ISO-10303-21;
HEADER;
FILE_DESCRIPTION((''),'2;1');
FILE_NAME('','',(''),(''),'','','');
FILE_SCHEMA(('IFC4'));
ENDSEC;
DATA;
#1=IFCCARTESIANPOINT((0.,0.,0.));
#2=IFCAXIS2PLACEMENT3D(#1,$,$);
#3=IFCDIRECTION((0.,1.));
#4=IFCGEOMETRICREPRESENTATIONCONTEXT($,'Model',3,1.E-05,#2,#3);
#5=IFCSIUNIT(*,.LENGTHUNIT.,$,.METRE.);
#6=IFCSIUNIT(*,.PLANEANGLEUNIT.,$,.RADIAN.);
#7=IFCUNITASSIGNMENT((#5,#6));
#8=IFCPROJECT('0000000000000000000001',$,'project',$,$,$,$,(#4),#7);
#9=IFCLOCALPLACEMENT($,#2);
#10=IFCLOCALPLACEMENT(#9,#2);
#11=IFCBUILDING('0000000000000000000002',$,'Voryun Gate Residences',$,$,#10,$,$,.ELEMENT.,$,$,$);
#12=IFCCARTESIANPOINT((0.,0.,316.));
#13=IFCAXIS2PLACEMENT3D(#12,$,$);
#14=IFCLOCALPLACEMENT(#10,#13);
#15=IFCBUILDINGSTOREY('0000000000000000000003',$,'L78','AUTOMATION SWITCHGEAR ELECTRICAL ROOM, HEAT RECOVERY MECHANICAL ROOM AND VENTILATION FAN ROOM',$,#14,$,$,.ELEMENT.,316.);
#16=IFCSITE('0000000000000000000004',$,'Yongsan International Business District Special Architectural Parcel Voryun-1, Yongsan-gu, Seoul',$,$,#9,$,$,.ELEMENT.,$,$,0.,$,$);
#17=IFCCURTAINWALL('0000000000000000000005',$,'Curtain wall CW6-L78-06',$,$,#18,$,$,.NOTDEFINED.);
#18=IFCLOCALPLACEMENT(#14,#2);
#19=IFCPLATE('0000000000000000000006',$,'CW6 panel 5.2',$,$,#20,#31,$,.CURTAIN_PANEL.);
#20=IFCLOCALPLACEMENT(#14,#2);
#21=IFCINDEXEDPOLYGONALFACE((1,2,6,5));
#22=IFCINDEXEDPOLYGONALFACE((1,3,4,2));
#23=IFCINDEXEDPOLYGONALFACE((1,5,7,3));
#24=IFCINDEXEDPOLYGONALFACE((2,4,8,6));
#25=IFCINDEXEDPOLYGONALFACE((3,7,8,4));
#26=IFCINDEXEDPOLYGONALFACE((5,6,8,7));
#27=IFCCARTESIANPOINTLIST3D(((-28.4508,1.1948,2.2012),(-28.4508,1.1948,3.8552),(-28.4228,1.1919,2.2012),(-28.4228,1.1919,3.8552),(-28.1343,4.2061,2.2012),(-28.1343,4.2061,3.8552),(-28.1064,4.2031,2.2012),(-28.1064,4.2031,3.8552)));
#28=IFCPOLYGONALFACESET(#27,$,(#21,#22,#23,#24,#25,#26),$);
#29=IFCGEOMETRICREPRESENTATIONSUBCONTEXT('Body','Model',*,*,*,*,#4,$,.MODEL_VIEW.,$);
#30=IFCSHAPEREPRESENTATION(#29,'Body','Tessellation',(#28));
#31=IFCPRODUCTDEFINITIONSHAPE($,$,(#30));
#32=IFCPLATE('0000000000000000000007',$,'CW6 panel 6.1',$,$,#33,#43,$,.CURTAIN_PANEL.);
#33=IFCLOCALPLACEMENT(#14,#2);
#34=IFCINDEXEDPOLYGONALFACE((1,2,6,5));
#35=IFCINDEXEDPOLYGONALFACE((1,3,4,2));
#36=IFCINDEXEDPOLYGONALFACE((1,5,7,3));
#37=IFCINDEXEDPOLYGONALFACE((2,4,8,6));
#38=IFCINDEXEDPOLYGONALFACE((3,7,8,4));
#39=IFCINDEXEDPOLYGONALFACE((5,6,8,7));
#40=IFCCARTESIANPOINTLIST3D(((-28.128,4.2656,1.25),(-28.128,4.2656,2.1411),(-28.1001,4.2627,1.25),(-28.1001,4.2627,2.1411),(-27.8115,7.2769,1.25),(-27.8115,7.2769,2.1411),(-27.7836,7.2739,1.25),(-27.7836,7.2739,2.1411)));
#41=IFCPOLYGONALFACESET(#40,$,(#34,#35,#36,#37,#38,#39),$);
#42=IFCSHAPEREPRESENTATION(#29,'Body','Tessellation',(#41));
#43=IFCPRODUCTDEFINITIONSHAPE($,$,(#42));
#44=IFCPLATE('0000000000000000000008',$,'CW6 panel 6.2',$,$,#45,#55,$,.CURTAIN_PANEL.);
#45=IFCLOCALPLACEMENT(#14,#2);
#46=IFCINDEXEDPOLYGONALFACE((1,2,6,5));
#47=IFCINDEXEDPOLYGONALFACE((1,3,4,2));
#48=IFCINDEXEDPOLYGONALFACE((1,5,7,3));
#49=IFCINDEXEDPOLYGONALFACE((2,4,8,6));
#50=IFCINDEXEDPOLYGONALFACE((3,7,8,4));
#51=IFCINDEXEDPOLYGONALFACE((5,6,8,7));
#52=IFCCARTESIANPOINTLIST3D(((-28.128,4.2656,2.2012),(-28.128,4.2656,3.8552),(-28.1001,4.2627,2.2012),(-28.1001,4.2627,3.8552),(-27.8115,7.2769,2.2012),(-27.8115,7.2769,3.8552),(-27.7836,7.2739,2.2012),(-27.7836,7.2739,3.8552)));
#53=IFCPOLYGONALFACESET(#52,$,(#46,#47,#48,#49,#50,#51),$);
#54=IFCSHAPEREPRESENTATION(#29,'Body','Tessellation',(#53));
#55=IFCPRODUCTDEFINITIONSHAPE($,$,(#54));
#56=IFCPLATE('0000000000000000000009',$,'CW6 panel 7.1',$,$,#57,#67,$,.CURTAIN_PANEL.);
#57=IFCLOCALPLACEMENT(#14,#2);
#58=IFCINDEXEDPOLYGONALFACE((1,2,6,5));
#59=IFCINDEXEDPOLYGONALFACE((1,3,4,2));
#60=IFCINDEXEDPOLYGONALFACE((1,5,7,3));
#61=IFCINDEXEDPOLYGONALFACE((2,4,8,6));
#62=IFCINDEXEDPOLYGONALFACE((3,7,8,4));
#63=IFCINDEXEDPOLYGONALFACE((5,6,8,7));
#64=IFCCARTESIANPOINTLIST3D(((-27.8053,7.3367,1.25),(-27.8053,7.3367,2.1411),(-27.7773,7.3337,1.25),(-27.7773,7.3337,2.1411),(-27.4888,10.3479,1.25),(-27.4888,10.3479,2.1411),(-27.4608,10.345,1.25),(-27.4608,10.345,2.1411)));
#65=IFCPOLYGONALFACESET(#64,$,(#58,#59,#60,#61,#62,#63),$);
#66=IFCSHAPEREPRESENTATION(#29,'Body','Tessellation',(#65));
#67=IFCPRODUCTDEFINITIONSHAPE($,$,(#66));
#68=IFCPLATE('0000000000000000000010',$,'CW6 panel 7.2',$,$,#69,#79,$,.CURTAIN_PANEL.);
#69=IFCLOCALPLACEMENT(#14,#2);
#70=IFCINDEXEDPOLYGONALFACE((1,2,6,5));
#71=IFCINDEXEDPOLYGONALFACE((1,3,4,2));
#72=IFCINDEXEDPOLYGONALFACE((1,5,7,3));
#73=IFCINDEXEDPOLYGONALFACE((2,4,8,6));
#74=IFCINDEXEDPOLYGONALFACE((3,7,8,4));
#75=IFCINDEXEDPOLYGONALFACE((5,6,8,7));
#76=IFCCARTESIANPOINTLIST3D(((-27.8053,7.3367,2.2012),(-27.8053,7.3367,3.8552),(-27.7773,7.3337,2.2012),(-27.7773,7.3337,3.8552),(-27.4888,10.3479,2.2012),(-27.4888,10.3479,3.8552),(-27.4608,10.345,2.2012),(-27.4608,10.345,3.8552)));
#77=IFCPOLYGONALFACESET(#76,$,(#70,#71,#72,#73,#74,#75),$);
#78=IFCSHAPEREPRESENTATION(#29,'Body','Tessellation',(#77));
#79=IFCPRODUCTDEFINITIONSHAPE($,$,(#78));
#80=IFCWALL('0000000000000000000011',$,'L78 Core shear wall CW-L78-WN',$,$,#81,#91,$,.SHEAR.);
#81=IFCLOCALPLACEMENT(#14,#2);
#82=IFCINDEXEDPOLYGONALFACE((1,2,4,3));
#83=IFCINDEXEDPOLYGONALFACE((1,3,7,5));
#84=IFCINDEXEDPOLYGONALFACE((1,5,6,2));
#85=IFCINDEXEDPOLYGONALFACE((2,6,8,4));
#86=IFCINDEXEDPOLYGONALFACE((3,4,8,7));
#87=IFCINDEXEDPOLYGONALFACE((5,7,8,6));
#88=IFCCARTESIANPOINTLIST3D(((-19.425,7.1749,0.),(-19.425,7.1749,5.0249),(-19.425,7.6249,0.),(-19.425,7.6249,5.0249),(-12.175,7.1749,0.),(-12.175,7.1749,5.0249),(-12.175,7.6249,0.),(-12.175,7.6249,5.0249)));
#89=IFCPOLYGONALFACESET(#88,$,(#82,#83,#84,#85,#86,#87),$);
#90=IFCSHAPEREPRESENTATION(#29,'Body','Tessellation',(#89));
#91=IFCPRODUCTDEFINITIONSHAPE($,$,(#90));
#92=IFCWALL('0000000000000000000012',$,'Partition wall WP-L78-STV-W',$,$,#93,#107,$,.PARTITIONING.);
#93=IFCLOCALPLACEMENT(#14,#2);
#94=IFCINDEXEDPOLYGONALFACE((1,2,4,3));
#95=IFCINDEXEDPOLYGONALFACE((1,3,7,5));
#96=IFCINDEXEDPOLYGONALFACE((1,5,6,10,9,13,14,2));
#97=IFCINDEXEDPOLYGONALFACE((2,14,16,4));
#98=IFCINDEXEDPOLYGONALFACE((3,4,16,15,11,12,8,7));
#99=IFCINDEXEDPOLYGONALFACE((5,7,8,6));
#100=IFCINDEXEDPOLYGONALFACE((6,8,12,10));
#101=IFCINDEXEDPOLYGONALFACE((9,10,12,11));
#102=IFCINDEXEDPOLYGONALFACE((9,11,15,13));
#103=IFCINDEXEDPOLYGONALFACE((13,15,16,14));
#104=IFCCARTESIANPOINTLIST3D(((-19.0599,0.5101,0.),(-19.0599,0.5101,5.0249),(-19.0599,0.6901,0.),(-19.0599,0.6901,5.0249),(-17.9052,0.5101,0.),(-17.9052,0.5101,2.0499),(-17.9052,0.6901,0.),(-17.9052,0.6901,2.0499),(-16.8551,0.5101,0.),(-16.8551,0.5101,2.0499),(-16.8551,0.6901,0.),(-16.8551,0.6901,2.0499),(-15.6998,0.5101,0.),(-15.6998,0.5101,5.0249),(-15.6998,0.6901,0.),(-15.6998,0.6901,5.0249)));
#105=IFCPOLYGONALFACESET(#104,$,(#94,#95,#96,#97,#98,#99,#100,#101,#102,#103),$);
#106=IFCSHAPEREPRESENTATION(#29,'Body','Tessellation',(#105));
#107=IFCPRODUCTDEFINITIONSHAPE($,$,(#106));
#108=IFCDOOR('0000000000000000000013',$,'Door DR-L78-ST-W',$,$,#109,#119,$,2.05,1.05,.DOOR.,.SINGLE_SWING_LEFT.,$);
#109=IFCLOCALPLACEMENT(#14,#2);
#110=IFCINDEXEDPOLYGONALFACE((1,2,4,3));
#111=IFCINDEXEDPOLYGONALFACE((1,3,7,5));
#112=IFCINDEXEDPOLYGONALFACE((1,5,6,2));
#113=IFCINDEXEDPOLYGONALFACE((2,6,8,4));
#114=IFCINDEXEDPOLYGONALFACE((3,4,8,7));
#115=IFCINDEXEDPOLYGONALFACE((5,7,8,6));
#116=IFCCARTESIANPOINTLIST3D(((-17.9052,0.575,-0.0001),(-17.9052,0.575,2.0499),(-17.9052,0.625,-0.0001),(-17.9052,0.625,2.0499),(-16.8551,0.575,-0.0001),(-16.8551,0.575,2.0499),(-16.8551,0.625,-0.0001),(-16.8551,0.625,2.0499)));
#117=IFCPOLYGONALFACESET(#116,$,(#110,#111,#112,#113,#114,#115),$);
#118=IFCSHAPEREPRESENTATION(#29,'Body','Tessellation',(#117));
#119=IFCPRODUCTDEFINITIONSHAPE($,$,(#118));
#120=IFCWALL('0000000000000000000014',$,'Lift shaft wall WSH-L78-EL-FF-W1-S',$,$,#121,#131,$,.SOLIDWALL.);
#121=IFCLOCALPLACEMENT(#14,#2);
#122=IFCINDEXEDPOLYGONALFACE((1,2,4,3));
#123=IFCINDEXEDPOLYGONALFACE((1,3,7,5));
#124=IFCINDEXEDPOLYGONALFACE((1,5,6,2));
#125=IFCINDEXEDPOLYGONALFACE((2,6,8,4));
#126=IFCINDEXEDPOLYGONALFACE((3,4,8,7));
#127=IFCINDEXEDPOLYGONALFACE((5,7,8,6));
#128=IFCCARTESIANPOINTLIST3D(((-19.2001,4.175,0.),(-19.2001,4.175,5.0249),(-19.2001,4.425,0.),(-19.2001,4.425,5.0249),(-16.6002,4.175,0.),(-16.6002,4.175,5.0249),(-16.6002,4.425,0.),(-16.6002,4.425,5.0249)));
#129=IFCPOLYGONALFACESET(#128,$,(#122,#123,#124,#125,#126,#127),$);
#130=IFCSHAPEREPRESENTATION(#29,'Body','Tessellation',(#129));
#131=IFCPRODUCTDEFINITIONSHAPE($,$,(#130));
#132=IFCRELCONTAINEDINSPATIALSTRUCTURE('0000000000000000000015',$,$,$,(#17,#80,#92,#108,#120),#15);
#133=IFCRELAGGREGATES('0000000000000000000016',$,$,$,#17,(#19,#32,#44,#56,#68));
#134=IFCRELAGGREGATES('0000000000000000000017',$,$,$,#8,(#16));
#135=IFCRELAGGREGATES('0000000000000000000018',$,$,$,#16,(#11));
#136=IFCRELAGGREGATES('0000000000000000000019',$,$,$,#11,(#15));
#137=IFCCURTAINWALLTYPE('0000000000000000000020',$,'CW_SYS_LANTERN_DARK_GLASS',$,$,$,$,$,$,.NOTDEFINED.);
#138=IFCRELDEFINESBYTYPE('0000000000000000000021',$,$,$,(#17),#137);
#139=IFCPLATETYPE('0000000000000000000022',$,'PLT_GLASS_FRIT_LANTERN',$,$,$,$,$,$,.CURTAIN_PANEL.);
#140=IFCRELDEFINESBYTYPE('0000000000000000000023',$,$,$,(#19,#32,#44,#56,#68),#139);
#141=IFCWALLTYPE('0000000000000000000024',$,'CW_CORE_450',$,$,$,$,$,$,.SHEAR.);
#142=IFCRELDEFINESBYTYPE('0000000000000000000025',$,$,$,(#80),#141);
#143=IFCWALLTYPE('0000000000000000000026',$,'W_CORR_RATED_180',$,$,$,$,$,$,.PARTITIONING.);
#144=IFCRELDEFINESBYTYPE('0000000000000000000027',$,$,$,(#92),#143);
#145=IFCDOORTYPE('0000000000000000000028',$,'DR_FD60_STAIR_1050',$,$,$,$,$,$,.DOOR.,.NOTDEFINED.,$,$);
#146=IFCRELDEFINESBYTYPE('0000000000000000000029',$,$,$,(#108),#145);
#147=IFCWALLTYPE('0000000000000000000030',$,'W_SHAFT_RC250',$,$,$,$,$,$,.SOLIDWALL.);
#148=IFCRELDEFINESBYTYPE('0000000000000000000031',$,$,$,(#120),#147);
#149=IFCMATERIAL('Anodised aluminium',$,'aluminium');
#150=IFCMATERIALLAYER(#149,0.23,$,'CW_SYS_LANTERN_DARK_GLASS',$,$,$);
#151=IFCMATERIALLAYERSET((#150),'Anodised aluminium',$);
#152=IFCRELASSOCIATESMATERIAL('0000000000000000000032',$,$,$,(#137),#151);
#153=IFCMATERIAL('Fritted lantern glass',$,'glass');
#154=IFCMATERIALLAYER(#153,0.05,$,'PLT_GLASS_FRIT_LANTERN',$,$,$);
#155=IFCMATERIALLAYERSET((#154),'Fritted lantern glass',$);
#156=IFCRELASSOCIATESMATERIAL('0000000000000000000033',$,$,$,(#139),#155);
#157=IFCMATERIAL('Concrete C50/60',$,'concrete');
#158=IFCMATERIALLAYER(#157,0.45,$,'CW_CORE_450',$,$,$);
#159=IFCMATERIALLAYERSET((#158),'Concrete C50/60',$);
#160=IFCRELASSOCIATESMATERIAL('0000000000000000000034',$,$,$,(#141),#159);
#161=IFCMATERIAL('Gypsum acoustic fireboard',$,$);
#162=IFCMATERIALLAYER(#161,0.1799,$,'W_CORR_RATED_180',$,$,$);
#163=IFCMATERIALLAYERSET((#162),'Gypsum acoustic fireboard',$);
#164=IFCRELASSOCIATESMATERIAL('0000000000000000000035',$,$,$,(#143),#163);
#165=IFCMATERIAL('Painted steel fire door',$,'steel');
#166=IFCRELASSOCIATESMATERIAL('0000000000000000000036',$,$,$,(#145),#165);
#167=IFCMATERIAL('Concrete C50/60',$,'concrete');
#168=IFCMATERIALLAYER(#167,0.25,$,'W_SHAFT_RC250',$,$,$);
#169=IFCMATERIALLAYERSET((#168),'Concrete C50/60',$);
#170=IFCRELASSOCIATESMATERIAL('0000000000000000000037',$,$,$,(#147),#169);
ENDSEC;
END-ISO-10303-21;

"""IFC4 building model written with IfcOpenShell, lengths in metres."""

from ifc_helpers import new_model, si_unit, direction, frame, frame_2d, origin, origin_2d, place, context, subcontext, project, spatial, rectangle, extrude, material, layer, layer_set, type_object, element, fill, aggregate, save


model = new_model("IFC4")

# Units and contexts
model_context = context("Model", 3, precision=1e-05, world=origin(), true_north=direction((0.0, 1.0)))
body_context = subcontext(model_context, "Body", "Model", "MODEL_VIEW")
ifc_project = project(units=[si_unit("LENGTHUNIT", "METRE"), si_unit("PLANEANGLEUNIT", "RADIAN")], contexts=[model_context])

# Site, building, storey
site_placement = place(None, origin())
site = spatial("IfcSite", under=ifc_project, at=site_placement, Name="Yongsan International Business District Special Architectural Parcel Voryun-1, Yongsan-gu, Seoul", CompositionType="ELEMENT", RefElevation=0.0)
building_placement = place(site_placement, origin())
building = spatial("IfcBuilding", under=site, at=building_placement, Name="Voryun Gate Residences", CompositionType="ELEMENT")
storey_placement = place(building_placement, frame((0.0, 0.0, 316.0)))
storey = spatial("IfcBuildingStorey", under=building, at=storey_placement, Name="L78", Description="AUTOMATION SWITCHGEAR ELECTRICAL ROOM, HEAT RECOVERY MECHANICAL ROOM AND VENTILATION FAN ROOM", CompositionType="ELEMENT", Elevation=316.0)

# Curtain wall
ifc_material_1 = material(Name="Anodised aluminium", Category="aluminium")
ifc_layer_1 = layer(ifc_material_1, 0.23, Name="CW_SYS_LANTERN_DARK_GLASS")
ifc_layer_set_1 = layer_set([ifc_layer_1], Name="Anodised aluminium")
curtain_wall_type = type_object("IfcCurtainWallType", Name="CW_SYS_LANTERN_DARK_GLASS", PredefinedType="NOTDEFINED", material=ifc_layer_set_1)
curtain_wall_placement = place(storey_placement, origin())
curtain_wall = element("IfcCurtainWall", 1, at=curtain_wall_placement, inside=storey, type_object=curtain_wall_type, Name="Curtain wall CW6-L78-06", PredefinedType="NOTDEFINED")

# Plates
ifc_material_2 = material(Name="Fritted lantern glass", Category="glass")
ifc_layer_2 = layer(ifc_material_2, 0.05, Name="PLT_GLASS_FRIT_LANTERN")
ifc_layer_set_2 = layer_set([ifc_layer_2], Name="Fritted lantern glass")
plate_type_1 = type_object("IfcPlateType", Name="PLT_GLASS_FRIT_LANTERN", PredefinedType="CURTAIN_PANEL", material=ifc_layer_set_2)
plate_1_placement = place(storey_placement, frame((-28.2786, 2.699, 2.2012), z_axis=(0.0, 0.0, 1.0), x_axis=(0.104528, 0.994522, 0.0)))
plate_1 = element("IfcPlate", 2, at=plate_1_placement, type_object=plate_type_1, Name="CW6 panel 5.2", PredefinedType="CURTAIN_PANEL", context=body_context, shape_type="SweptSolid", body=[
    extrude(rectangle(XDim=3.0278, YDim=0.0281, at=origin_2d()), origin(), (0.0, 0.0, 1.0), 1.6541),
])
plate_2_placement = place(storey_placement, frame((-27.9558, 5.7698, 1.25), z_axis=(0.0, 0.0, 1.0), x_axis=(0.104528, 0.994522, 0.0)))
plate_2 = element("IfcPlate", 3, at=plate_2_placement, type_object=plate_type_1, Name="CW6 panel 6.1", PredefinedType="CURTAIN_PANEL", context=body_context, shape_type="SweptSolid", body=[
    extrude(rectangle(XDim=3.0278, YDim=0.0281, at=origin_2d()), origin(), (0.0, 0.0, 1.0), 0.8911),
])
plate_3_placement = place(storey_placement, frame((-27.9558, 5.7698, 2.2012), z_axis=(0.0, 0.0, 1.0), x_axis=(0.104528, 0.994522, 0.0)))
plate_3 = element("IfcPlate", 4, at=plate_3_placement, type_object=plate_type_1, Name="CW6 panel 6.2", PredefinedType="CURTAIN_PANEL", context=body_context, shape_type="SweptSolid", body=[
    extrude(rectangle(XDim=3.0278, YDim=0.0281, at=origin_2d()), origin(), (0.0, 0.0, 1.0), 1.6541),
])
plate_4_placement = place(storey_placement, frame((-27.6331, 8.8408, 1.25), z_axis=(0.0, 0.0, 1.0), x_axis=(0.104528, 0.994522, 0.0)))
plate_4 = element("IfcPlate", 5, at=plate_4_placement, type_object=plate_type_1, Name="CW6 panel 7.1", PredefinedType="CURTAIN_PANEL", context=body_context, shape_type="SweptSolid", body=[
    extrude(rectangle(XDim=3.0278, YDim=0.0281, at=origin_2d()), origin(), (0.0, 0.0, 1.0), 0.8911),
])
plate_5_placement = place(storey_placement, frame((-27.6331, 8.8408, 2.2012), z_axis=(0.0, 0.0, 1.0), x_axis=(0.104528, 0.994522, 0.0)))
plate_5 = element("IfcPlate", 6, at=plate_5_placement, type_object=plate_type_1, Name="CW6 panel 7.2", PredefinedType="CURTAIN_PANEL", context=body_context, shape_type="SweptSolid", body=[
    extrude(rectangle(XDim=3.0278, YDim=0.0281, at=origin_2d()), origin(), (0.0, 0.0, 1.0), 1.6541),
])
aggregate(curtain_wall, [plate_1, plate_2, plate_3, plate_4, plate_5])

# Wall
ifc_material_3 = material(Name="Concrete C50/60", Category="concrete")
ifc_layer_3 = layer(ifc_material_3, 0.45, Name="CW_CORE_450")
ifc_layer_set_3 = layer_set([ifc_layer_3], Name="Concrete C50/60")
wall_type_1 = type_object("IfcWallType", Name="CW_CORE_450", PredefinedType="SHEAR", material=ifc_layer_set_3)
wall_1_placement = place(storey_placement, frame((-19.425, 7.3999, 0.0), z_axis=(0.0, 0.0, 1.0), x_axis=(1.0, 0.0, 0.0)))
element("IfcWall", 7, at=wall_1_placement, inside=storey, type_object=wall_type_1, Name="L78 Core shear wall CW-L78-WN", PredefinedType="SHEAR", context=body_context, shape_type="SweptSolid", body=[
    extrude(rectangle(XDim=7.25, YDim=0.45, at=frame_2d((3.625, 0.0))), origin(), (0.0, 0.0, 1.0), 5.0249),
])

# Wall, opening, door
ifc_material_4 = material(Name="Gypsum acoustic fireboard")
ifc_layer_4 = layer(ifc_material_4, 0.1799, Name="W_CORR_RATED_180")
ifc_layer_set_4 = layer_set([ifc_layer_4], Name="Gypsum acoustic fireboard")
wall_type_2 = type_object("IfcWallType", Name="W_CORR_RATED_180", PredefinedType="PARTITIONING", material=ifc_layer_set_4)
wall_2_placement = place(storey_placement, frame((-19.0601, 0.6001, 0.0), z_axis=(0.0, 0.0, 1.0), x_axis=(1.0, 0.0, 0.0)))
wall_2 = element("IfcWall", 8, at=wall_2_placement, inside=storey, type_object=wall_type_2, Name="Partition wall WP-L78-STV-W", PredefinedType="PARTITIONING", context=body_context, shape_type="SweptSolid", body=[
    extrude(rectangle(XDim=3.3601, YDim=0.1799, at=frame_2d((1.6802, 0.0))), origin(), (0.0, 0.0, 1.0), 5.0249),
])
opening_placement = place(wall_2_placement, frame((1.155, 0.0, 0.0)))
opening = element("IfcOpeningElement", 9, at=opening_placement, cuts=wall_2, PredefinedType="OPENING", context=body_context, shape_type="SweptSolid", body=[
    extrude(rectangle(XDim=1.05, YDim=2.05, at=frame_2d((0.5249, 1.0249))), frame((0.0, 0.0999, 0.0), z_axis=(0.0, -1.0, 0.0), x_axis=(1.0, 0.0, 0.0)), (0.0, 0.0, 1.0), 0.2),
])
ifc_material_5 = material(Name="Painted steel fire door", Category="steel")
door_type = type_object("IfcDoorType", Name="DR_FD60_STAIR_1050", OperationType="NOTDEFINED", PredefinedType="DOOR", material=ifc_material_5)
door_placement = place(opening_placement, origin())
door = element("IfcDoor", 10, at=door_placement, inside=storey, type_object=door_type, Name="Door DR-L78-ST-W", OperationType="SINGLE_SWING_LEFT", OverallHeight=2.05, OverallWidth=1.05, PredefinedType="DOOR", context=body_context, shape_type="SweptSolid", body=[
    extrude(rectangle(XDim=1.05, YDim=2.05, at=frame_2d((0.5249, 1.0249))), frame((0.0, 0.0249, 0.0), z_axis=(0.0, -1.0, 0.0), x_axis=(1.0, 0.0, 0.0)), (0.0, 0.0, 1.0), 0.05),
])
fill(opening, door)

# Wall
ifc_material_6 = material(Name="Concrete C50/60", Category="concrete")
ifc_layer_5 = layer(ifc_material_6, 0.25, Name="W_SHAFT_RC250")
ifc_layer_set_5 = layer_set([ifc_layer_5], Name="Concrete C50/60")
wall_type_3 = type_object("IfcWallType", Name="W_SHAFT_RC250", PredefinedType="SOLIDWALL", material=ifc_layer_set_5)
wall_3_placement = place(storey_placement, frame((-19.2, 4.3, 0.0), z_axis=(0.0, 0.0, 1.0), x_axis=(1.0, 0.0, 0.0)))
element("IfcWall", 11, at=wall_3_placement, inside=storey, type_object=wall_type_3, Name="Lift shaft wall WSH-L78-EL-FF-W1-S", PredefinedType="SOLIDWALL", context=body_context, shape_type="SweptSolid", body=[
    extrude(rectangle(XDim=2.5999, YDim=0.25, at=frame_2d((1.2998, 0.0))), origin(), (0.0, 0.0, 1.0), 5.0249),
])

save(model, "model.ifc")
